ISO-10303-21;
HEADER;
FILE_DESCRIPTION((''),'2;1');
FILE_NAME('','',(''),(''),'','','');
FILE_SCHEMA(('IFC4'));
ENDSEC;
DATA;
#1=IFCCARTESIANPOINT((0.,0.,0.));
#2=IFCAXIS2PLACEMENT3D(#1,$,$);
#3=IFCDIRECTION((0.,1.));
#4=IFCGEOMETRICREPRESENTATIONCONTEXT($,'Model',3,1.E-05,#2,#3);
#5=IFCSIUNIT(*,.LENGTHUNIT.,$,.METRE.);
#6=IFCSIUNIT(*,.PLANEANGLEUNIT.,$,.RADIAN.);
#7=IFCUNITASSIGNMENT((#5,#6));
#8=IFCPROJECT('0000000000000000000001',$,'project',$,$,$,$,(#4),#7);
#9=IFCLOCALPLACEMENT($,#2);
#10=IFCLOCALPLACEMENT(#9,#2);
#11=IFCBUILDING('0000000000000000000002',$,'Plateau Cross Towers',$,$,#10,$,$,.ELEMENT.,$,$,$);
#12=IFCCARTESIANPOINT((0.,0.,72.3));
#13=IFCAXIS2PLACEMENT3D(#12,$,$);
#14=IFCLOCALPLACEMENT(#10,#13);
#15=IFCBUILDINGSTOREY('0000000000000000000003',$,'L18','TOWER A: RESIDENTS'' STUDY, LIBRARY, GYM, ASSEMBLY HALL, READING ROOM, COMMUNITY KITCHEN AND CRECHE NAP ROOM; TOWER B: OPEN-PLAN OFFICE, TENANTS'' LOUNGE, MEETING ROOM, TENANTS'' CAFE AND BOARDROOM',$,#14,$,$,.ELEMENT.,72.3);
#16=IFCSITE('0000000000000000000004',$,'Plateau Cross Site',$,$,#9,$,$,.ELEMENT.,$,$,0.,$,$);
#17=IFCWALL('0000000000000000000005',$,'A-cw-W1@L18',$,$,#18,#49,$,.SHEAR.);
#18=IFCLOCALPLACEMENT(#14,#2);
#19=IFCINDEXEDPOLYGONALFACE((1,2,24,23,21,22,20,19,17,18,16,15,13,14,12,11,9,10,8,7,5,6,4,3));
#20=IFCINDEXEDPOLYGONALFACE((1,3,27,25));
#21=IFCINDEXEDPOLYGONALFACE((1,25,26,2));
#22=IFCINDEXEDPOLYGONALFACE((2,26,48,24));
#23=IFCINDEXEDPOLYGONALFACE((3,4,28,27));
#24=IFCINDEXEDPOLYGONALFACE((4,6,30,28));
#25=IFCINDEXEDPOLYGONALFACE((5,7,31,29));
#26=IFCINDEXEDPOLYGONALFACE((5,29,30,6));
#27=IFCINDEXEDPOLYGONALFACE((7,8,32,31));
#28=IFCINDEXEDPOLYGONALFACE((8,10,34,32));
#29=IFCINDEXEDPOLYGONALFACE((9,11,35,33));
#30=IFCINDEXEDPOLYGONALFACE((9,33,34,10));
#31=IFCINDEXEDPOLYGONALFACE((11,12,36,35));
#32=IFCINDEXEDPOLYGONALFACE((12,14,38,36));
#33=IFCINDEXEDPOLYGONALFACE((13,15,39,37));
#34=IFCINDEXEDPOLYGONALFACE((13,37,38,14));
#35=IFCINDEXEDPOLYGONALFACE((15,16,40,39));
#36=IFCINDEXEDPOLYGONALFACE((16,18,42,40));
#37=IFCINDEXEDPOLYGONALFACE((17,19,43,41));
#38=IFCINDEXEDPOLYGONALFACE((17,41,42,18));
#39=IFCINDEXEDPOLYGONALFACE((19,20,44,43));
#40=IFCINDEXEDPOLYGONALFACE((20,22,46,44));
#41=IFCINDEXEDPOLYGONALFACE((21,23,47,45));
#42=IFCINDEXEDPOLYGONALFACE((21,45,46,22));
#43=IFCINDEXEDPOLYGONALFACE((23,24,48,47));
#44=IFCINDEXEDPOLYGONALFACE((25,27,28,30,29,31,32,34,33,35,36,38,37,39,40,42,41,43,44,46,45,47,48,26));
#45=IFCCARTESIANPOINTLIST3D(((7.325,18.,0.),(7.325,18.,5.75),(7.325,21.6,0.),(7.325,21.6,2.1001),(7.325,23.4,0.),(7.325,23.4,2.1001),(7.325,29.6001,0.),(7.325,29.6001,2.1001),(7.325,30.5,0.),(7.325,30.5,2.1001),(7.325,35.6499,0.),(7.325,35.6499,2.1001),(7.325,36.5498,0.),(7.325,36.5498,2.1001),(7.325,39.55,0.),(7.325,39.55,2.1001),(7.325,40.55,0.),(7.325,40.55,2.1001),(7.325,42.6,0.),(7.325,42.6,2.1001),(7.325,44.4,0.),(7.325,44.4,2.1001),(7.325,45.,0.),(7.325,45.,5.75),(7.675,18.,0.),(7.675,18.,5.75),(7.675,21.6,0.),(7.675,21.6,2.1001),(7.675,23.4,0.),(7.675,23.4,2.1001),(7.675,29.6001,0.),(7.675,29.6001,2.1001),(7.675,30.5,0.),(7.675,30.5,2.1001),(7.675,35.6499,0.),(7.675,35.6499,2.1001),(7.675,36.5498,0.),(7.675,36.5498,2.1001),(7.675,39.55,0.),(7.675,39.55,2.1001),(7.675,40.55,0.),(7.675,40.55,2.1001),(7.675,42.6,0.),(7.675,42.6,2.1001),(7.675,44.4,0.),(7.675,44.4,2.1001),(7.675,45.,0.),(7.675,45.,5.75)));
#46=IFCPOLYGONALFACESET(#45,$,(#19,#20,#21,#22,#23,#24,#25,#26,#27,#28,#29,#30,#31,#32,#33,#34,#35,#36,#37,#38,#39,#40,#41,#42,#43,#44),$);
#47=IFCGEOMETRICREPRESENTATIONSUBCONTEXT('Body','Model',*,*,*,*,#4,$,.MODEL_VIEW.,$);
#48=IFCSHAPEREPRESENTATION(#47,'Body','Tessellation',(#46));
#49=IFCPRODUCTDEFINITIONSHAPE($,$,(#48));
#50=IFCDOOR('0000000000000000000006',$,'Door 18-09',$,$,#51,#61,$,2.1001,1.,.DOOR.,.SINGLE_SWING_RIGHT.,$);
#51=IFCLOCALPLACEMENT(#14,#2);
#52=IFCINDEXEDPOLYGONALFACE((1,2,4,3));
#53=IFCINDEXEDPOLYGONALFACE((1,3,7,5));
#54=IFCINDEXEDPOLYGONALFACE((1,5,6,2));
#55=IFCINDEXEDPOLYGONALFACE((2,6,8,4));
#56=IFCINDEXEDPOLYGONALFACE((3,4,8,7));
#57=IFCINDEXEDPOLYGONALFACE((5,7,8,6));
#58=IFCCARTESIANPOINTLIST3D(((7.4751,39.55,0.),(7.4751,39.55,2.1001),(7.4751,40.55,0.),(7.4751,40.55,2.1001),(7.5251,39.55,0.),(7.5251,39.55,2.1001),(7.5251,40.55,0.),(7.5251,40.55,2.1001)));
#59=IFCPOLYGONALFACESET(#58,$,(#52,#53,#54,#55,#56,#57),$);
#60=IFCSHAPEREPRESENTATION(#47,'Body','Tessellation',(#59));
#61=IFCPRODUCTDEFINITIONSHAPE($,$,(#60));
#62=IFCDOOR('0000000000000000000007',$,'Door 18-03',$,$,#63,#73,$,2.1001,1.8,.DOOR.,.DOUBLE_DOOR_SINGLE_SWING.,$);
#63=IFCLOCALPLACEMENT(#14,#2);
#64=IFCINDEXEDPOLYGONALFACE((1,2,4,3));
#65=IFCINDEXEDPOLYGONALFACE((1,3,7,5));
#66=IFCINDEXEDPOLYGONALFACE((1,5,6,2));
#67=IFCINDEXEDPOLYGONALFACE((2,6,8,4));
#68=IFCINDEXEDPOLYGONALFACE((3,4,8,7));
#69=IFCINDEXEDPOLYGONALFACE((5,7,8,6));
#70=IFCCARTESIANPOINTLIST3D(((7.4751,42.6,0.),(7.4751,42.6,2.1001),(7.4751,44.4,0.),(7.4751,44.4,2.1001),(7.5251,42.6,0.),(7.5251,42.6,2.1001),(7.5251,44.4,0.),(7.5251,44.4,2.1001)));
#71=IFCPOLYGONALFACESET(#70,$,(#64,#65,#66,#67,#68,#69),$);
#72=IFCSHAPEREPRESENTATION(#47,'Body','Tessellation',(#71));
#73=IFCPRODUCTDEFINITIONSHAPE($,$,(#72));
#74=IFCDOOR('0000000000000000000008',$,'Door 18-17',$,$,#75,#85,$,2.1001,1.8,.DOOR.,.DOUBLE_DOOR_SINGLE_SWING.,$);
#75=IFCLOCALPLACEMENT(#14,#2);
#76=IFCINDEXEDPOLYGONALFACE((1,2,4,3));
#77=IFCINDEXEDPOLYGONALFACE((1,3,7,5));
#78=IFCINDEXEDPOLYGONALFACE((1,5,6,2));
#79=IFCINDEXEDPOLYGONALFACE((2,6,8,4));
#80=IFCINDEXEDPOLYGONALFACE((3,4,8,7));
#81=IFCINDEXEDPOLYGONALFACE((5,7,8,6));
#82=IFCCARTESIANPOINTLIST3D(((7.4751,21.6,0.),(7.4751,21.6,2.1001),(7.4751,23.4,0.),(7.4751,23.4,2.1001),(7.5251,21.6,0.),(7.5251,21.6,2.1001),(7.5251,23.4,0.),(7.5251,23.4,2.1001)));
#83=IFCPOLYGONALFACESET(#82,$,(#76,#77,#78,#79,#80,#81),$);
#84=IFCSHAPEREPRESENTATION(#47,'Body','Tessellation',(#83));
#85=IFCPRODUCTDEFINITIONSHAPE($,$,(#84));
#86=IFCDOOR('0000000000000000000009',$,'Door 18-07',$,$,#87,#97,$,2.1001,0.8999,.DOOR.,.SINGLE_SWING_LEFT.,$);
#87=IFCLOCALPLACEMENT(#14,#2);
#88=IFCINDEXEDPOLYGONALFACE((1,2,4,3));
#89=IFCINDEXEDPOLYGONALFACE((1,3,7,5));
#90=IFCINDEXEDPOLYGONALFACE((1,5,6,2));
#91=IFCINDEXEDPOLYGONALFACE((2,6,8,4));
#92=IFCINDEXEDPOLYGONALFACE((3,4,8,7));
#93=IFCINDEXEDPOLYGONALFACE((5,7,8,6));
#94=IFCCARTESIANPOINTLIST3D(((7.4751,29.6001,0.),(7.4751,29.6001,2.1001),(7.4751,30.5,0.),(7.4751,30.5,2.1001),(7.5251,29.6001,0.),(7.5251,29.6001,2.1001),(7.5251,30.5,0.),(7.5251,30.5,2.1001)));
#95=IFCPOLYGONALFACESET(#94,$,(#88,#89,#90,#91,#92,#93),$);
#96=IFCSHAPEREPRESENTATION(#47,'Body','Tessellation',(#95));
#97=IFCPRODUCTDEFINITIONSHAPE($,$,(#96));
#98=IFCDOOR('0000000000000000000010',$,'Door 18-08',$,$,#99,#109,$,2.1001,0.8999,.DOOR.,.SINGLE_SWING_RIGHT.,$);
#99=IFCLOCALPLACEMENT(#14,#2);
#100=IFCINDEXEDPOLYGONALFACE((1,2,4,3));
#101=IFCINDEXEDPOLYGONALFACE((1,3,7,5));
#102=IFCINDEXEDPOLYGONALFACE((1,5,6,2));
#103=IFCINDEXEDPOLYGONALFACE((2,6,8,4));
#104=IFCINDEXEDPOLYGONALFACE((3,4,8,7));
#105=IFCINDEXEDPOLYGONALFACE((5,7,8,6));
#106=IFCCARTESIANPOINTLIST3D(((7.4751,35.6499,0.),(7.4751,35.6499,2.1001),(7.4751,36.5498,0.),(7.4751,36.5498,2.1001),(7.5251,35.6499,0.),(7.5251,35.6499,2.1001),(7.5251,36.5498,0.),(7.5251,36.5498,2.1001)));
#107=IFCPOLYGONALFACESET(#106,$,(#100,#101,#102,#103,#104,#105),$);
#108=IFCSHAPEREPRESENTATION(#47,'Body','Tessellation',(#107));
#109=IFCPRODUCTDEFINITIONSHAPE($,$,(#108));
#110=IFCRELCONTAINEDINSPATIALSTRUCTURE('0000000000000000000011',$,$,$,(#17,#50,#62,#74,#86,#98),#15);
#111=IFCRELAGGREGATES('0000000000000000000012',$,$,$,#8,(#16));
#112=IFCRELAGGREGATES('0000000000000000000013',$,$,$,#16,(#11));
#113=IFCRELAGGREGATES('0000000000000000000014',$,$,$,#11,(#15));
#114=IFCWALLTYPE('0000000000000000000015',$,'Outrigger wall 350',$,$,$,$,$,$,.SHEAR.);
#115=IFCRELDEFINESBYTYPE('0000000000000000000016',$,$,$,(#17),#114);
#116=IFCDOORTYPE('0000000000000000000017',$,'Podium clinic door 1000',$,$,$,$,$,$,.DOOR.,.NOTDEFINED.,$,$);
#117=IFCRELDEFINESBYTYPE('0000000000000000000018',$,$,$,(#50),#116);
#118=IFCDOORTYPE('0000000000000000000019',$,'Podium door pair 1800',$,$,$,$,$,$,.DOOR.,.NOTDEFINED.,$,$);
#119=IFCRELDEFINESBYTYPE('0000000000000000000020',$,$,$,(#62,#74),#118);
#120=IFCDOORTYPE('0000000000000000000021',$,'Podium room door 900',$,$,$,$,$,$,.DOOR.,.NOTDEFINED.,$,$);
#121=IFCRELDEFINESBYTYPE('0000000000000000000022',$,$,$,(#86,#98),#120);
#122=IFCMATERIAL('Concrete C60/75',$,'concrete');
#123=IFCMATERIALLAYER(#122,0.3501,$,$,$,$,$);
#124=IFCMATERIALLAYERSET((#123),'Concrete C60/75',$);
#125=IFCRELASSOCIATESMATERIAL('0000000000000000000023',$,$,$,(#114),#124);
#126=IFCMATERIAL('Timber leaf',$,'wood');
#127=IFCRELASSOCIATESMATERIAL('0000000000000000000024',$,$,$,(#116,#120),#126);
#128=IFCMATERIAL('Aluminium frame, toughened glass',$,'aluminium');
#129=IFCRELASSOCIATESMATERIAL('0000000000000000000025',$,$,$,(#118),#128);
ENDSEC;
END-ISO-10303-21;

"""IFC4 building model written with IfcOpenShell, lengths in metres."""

from ifc_helpers import new_model, si_unit, direction, frame, frame_2d, origin, place, context, subcontext, project, spatial, rectangle, extrude, material, layer, layer_set, type_object, element, fill, save


model = new_model("IFC4")

# Units and contexts
model_context = context("Model", 3, precision=1e-05, world=origin(), true_north=direction((0.0, 1.0)))
body_context = subcontext(model_context, "Body", "Model", "MODEL_VIEW")
ifc_project = project(units=[si_unit("LENGTHUNIT", "METRE"), si_unit("PLANEANGLEUNIT", "RADIAN")], contexts=[model_context])

# Site, building, storey
site_placement = place(None, origin())
site = spatial("IfcSite", under=ifc_project, at=site_placement, Name="Plateau Cross Site", CompositionType="ELEMENT", RefElevation=0.0)
building_placement = place(site_placement, origin())
building = spatial("IfcBuilding", under=site, at=building_placement, Name="Plateau Cross Towers", CompositionType="ELEMENT")
storey_placement = place(building_placement, frame((0.0, 0.0, 72.3)))
storey = spatial("IfcBuildingStorey", under=building, at=storey_placement, Name="L18", Description="TOWER A: RESIDENTS' STUDY, LIBRARY, GYM, ASSEMBLY HALL, READING ROOM, COMMUNITY KITCHEN AND CRECHE NAP ROOM; TOWER B: OPEN-PLAN OFFICE, TENANTS' LOUNGE, MEETING ROOM, TENANTS' CAFE AND BOARDROOM", CompositionType="ELEMENT", Elevation=72.3)

# Shared definitions
ifc_material_1 = material(Name="Concrete C60/75", Category="concrete")

# Wall, openings, doors
ifc_layer_1 = layer(ifc_material_1, 0.3501)
ifc_layer_set_1 = layer_set([ifc_layer_1], Name="Concrete C60/75")
wall_type_1 = type_object("IfcWallType", Name="Outrigger wall 350", PredefinedType="SHEAR", material=ifc_layer_set_1)
wall_1_placement = place(storey_placement, frame((7.5, 18.0, 0.0), z_axis=(0.0, 0.0, 1.0), x_axis=(0.0, 1.0, 0.0)))
wall_1 = element("IfcWall", 1, at=wall_1_placement, inside=storey, type_object=wall_type_1, Name="A-cw-W1@L18", PredefinedType="SHEAR", context=body_context, shape_type="SweptSolid", body=[
    extrude(rectangle(XDim=27.0, YDim=0.3501, at=frame_2d((13.5, 0.0))), origin(), (0.0, 0.0, 1.0), 5.75),
])
opening_1_placement = place(wall_1_placement, frame((24.6001, 0.0, 0.0)))
opening_1 = element("IfcOpeningElement", 2, at=opening_1_placement, cuts=wall_1, PredefinedType="OPENING", context=body_context, shape_type="SweptSolid", body=[
    extrude(rectangle(XDim=1.8, YDim=2.1001, at=frame_2d((0.8999, 1.05))), frame((0.0, 0.1851, 0.0), z_axis=(0.0, -1.0, 0.0), x_axis=(1.0, 0.0, 0.0)), (0.0, 0.0, 1.0), 0.3701),
])
opening_2_placement = place(wall_1_placement, frame((11.6001, 0.0, 0.0)))
opening_2 = element("IfcOpeningElement", 3, at=opening_2_placement, cuts=wall_1, PredefinedType="OPENING", context=body_context, shape_type="SweptSolid", body=[
    extrude(rectangle(XDim=0.8999, YDim=2.1001, at=frame_2d((0.45, 1.05))), frame((0.0, 0.1851, 0.0), z_axis=(0.0, -1.0, 0.0), x_axis=(1.0, 0.0, 0.0)), (0.0, 0.0, 1.0), 0.3701),
])
opening_3_placement = place(wall_1_placement, frame((17.6499, 0.0, 0.0)))
opening_3 = element("IfcOpeningElement", 4, at=opening_3_placement, cuts=wall_1, PredefinedType="OPENING", context=body_context, shape_type="SweptSolid", body=[
    extrude(rectangle(XDim=0.8999, YDim=2.1001, at=frame_2d((0.45, 1.05))), frame((0.0, 0.1851, 0.0), z_axis=(0.0, -1.0, 0.0), x_axis=(1.0, 0.0, 0.0)), (0.0, 0.0, 1.0), 0.3701),
])
opening_4_placement = place(wall_1_placement, frame((21.55, 0.0, 0.0)))
opening_4 = element("IfcOpeningElement", 5, at=opening_4_placement, cuts=wall_1, PredefinedType="OPENING", context=body_context, shape_type="SweptSolid", body=[
    extrude(rectangle(XDim=1.0, YDim=2.1001, at=frame_2d((0.5, 1.05))), frame((0.0, 0.1851, 0.0), z_axis=(0.0, -1.0, 0.0), x_axis=(1.0, 0.0, 0.0)), (0.0, 0.0, 1.0), 0.3701),
])
opening_5_placement = place(wall_1_placement, frame((3.6001, 0.0, 0.0)))
opening_5 = element("IfcOpeningElement", 6, at=opening_5_placement, cuts=wall_1, PredefinedType="OPENING", context=body_context, shape_type="SweptSolid", body=[
    extrude(rectangle(XDim=1.8, YDim=2.1001, at=frame_2d((0.8999, 1.05))), frame((0.0, 0.1851, 0.0), z_axis=(0.0, -1.0, 0.0), x_axis=(1.0, 0.0, 0.0)), (0.0, 0.0, 1.0), 0.3701),
])
ifc_material_2 = material(Name="Timber leaf", Category="wood")
door_type_1 = type_object("IfcDoorType", Name="Podium clinic door 1000", OperationType="NOTDEFINED", PredefinedType="DOOR", material=ifc_material_2)
door_1_placement = place(opening_4_placement, origin())
door_1 = element("IfcDoor", 7, at=door_1_placement, inside=storey, type_object=door_type_1, Name="Door 18-09", OperationType="SINGLE_SWING_RIGHT", OverallHeight=2.1001, OverallWidth=1.0, PredefinedType="DOOR", context=body_context, shape_type="SweptSolid", body=[
    extrude(rectangle(XDim=1.0, YDim=2.1001, at=frame_2d((0.5, 1.05))), frame((0.0, 0.0249, 0.0), z_axis=(0.0, -1.0, 0.0), x_axis=(1.0, 0.0, 0.0)), (0.0, 0.0, 1.0), 0.05),
])
fill(opening_4, door_1)
ifc_material_3 = material(Name="Aluminium frame, toughened glass", Category="aluminium")
door_type_2 = type_object("IfcDoorType", Name="Podium door pair 1800", OperationType="NOTDEFINED", PredefinedType="DOOR", material=ifc_material_3)
door_2_placement = place(opening_1_placement, origin())
door_2 = element("IfcDoor", 8, at=door_2_placement, inside=storey, type_object=door_type_2, Name="Door 18-03", OperationType="DOUBLE_DOOR_SINGLE_SWING", OverallHeight=2.1001, OverallWidth=1.8, PredefinedType="DOOR", context=body_context, shape_type="SweptSolid", body=[
    extrude(rectangle(XDim=1.8, YDim=2.1001, at=frame_2d((0.8999, 1.05))), frame((0.0, 0.0249, 0.0), z_axis=(0.0, -1.0, 0.0), x_axis=(1.0, 0.0, 0.0)), (0.0, 0.0, 1.0), 0.05),
])
fill(opening_1, door_2)
door_3_placement = place(opening_5_placement, origin())
door_3 = element("IfcDoor", 9, at=door_3_placement, inside=storey, type_object=door_type_2, Name="Door 18-17", OperationType="DOUBLE_DOOR_SINGLE_SWING", OverallHeight=2.1001, OverallWidth=1.8, PredefinedType="DOOR", context=body_context, shape_type="SweptSolid", body=[
    extrude(rectangle(XDim=1.8, YDim=2.1001, at=frame_2d((0.8999, 1.05))), frame((0.0, 0.0249, 0.0), z_axis=(0.0, -1.0, 0.0), x_axis=(1.0, 0.0, 0.0)), (0.0, 0.0, 1.0), 0.05),
])
fill(opening_5, door_3)
door_type_3 = type_object("IfcDoorType", Name="Podium room door 900", OperationType="NOTDEFINED", PredefinedType="DOOR", material=ifc_material_2)
door_4_placement = place(opening_2_placement, origin())
door_4 = element("IfcDoor", 10, at=door_4_placement, inside=storey, type_object=door_type_3, Name="Door 18-07", OperationType="SINGLE_SWING_LEFT", OverallHeight=2.1001, OverallWidth=0.8999, PredefinedType="DOOR", context=body_context, shape_type="SweptSolid", body=[
    extrude(rectangle(XDim=0.8999, YDim=2.1001, at=frame_2d((0.45, 1.05))), frame((0.0, 0.0249, 0.0), z_axis=(0.0, -1.0, 0.0), x_axis=(1.0, 0.0, 0.0)), (0.0, 0.0, 1.0), 0.05),
])
fill(opening_2, door_4)
door_5_placement = place(opening_3_placement, origin())
door_5 = element("IfcDoor", 11, at=door_5_placement, inside=storey, type_object=door_type_3, Name="Door 18-08", OperationType="SINGLE_SWING_RIGHT", OverallHeight=2.1001, OverallWidth=0.8999, PredefinedType="DOOR", context=body_context, shape_type="SweptSolid", body=[
    extrude(rectangle(XDim=0.8999, YDim=2.1001, at=frame_2d((0.45, 1.05))), frame((0.0, 0.0249, 0.0), z_axis=(0.0, -1.0, 0.0), x_axis=(1.0, 0.0, 0.0)), (0.0, 0.0, 1.0), 0.05),
])
fill(opening_3, door_5)

save(model, "model.ifc")
